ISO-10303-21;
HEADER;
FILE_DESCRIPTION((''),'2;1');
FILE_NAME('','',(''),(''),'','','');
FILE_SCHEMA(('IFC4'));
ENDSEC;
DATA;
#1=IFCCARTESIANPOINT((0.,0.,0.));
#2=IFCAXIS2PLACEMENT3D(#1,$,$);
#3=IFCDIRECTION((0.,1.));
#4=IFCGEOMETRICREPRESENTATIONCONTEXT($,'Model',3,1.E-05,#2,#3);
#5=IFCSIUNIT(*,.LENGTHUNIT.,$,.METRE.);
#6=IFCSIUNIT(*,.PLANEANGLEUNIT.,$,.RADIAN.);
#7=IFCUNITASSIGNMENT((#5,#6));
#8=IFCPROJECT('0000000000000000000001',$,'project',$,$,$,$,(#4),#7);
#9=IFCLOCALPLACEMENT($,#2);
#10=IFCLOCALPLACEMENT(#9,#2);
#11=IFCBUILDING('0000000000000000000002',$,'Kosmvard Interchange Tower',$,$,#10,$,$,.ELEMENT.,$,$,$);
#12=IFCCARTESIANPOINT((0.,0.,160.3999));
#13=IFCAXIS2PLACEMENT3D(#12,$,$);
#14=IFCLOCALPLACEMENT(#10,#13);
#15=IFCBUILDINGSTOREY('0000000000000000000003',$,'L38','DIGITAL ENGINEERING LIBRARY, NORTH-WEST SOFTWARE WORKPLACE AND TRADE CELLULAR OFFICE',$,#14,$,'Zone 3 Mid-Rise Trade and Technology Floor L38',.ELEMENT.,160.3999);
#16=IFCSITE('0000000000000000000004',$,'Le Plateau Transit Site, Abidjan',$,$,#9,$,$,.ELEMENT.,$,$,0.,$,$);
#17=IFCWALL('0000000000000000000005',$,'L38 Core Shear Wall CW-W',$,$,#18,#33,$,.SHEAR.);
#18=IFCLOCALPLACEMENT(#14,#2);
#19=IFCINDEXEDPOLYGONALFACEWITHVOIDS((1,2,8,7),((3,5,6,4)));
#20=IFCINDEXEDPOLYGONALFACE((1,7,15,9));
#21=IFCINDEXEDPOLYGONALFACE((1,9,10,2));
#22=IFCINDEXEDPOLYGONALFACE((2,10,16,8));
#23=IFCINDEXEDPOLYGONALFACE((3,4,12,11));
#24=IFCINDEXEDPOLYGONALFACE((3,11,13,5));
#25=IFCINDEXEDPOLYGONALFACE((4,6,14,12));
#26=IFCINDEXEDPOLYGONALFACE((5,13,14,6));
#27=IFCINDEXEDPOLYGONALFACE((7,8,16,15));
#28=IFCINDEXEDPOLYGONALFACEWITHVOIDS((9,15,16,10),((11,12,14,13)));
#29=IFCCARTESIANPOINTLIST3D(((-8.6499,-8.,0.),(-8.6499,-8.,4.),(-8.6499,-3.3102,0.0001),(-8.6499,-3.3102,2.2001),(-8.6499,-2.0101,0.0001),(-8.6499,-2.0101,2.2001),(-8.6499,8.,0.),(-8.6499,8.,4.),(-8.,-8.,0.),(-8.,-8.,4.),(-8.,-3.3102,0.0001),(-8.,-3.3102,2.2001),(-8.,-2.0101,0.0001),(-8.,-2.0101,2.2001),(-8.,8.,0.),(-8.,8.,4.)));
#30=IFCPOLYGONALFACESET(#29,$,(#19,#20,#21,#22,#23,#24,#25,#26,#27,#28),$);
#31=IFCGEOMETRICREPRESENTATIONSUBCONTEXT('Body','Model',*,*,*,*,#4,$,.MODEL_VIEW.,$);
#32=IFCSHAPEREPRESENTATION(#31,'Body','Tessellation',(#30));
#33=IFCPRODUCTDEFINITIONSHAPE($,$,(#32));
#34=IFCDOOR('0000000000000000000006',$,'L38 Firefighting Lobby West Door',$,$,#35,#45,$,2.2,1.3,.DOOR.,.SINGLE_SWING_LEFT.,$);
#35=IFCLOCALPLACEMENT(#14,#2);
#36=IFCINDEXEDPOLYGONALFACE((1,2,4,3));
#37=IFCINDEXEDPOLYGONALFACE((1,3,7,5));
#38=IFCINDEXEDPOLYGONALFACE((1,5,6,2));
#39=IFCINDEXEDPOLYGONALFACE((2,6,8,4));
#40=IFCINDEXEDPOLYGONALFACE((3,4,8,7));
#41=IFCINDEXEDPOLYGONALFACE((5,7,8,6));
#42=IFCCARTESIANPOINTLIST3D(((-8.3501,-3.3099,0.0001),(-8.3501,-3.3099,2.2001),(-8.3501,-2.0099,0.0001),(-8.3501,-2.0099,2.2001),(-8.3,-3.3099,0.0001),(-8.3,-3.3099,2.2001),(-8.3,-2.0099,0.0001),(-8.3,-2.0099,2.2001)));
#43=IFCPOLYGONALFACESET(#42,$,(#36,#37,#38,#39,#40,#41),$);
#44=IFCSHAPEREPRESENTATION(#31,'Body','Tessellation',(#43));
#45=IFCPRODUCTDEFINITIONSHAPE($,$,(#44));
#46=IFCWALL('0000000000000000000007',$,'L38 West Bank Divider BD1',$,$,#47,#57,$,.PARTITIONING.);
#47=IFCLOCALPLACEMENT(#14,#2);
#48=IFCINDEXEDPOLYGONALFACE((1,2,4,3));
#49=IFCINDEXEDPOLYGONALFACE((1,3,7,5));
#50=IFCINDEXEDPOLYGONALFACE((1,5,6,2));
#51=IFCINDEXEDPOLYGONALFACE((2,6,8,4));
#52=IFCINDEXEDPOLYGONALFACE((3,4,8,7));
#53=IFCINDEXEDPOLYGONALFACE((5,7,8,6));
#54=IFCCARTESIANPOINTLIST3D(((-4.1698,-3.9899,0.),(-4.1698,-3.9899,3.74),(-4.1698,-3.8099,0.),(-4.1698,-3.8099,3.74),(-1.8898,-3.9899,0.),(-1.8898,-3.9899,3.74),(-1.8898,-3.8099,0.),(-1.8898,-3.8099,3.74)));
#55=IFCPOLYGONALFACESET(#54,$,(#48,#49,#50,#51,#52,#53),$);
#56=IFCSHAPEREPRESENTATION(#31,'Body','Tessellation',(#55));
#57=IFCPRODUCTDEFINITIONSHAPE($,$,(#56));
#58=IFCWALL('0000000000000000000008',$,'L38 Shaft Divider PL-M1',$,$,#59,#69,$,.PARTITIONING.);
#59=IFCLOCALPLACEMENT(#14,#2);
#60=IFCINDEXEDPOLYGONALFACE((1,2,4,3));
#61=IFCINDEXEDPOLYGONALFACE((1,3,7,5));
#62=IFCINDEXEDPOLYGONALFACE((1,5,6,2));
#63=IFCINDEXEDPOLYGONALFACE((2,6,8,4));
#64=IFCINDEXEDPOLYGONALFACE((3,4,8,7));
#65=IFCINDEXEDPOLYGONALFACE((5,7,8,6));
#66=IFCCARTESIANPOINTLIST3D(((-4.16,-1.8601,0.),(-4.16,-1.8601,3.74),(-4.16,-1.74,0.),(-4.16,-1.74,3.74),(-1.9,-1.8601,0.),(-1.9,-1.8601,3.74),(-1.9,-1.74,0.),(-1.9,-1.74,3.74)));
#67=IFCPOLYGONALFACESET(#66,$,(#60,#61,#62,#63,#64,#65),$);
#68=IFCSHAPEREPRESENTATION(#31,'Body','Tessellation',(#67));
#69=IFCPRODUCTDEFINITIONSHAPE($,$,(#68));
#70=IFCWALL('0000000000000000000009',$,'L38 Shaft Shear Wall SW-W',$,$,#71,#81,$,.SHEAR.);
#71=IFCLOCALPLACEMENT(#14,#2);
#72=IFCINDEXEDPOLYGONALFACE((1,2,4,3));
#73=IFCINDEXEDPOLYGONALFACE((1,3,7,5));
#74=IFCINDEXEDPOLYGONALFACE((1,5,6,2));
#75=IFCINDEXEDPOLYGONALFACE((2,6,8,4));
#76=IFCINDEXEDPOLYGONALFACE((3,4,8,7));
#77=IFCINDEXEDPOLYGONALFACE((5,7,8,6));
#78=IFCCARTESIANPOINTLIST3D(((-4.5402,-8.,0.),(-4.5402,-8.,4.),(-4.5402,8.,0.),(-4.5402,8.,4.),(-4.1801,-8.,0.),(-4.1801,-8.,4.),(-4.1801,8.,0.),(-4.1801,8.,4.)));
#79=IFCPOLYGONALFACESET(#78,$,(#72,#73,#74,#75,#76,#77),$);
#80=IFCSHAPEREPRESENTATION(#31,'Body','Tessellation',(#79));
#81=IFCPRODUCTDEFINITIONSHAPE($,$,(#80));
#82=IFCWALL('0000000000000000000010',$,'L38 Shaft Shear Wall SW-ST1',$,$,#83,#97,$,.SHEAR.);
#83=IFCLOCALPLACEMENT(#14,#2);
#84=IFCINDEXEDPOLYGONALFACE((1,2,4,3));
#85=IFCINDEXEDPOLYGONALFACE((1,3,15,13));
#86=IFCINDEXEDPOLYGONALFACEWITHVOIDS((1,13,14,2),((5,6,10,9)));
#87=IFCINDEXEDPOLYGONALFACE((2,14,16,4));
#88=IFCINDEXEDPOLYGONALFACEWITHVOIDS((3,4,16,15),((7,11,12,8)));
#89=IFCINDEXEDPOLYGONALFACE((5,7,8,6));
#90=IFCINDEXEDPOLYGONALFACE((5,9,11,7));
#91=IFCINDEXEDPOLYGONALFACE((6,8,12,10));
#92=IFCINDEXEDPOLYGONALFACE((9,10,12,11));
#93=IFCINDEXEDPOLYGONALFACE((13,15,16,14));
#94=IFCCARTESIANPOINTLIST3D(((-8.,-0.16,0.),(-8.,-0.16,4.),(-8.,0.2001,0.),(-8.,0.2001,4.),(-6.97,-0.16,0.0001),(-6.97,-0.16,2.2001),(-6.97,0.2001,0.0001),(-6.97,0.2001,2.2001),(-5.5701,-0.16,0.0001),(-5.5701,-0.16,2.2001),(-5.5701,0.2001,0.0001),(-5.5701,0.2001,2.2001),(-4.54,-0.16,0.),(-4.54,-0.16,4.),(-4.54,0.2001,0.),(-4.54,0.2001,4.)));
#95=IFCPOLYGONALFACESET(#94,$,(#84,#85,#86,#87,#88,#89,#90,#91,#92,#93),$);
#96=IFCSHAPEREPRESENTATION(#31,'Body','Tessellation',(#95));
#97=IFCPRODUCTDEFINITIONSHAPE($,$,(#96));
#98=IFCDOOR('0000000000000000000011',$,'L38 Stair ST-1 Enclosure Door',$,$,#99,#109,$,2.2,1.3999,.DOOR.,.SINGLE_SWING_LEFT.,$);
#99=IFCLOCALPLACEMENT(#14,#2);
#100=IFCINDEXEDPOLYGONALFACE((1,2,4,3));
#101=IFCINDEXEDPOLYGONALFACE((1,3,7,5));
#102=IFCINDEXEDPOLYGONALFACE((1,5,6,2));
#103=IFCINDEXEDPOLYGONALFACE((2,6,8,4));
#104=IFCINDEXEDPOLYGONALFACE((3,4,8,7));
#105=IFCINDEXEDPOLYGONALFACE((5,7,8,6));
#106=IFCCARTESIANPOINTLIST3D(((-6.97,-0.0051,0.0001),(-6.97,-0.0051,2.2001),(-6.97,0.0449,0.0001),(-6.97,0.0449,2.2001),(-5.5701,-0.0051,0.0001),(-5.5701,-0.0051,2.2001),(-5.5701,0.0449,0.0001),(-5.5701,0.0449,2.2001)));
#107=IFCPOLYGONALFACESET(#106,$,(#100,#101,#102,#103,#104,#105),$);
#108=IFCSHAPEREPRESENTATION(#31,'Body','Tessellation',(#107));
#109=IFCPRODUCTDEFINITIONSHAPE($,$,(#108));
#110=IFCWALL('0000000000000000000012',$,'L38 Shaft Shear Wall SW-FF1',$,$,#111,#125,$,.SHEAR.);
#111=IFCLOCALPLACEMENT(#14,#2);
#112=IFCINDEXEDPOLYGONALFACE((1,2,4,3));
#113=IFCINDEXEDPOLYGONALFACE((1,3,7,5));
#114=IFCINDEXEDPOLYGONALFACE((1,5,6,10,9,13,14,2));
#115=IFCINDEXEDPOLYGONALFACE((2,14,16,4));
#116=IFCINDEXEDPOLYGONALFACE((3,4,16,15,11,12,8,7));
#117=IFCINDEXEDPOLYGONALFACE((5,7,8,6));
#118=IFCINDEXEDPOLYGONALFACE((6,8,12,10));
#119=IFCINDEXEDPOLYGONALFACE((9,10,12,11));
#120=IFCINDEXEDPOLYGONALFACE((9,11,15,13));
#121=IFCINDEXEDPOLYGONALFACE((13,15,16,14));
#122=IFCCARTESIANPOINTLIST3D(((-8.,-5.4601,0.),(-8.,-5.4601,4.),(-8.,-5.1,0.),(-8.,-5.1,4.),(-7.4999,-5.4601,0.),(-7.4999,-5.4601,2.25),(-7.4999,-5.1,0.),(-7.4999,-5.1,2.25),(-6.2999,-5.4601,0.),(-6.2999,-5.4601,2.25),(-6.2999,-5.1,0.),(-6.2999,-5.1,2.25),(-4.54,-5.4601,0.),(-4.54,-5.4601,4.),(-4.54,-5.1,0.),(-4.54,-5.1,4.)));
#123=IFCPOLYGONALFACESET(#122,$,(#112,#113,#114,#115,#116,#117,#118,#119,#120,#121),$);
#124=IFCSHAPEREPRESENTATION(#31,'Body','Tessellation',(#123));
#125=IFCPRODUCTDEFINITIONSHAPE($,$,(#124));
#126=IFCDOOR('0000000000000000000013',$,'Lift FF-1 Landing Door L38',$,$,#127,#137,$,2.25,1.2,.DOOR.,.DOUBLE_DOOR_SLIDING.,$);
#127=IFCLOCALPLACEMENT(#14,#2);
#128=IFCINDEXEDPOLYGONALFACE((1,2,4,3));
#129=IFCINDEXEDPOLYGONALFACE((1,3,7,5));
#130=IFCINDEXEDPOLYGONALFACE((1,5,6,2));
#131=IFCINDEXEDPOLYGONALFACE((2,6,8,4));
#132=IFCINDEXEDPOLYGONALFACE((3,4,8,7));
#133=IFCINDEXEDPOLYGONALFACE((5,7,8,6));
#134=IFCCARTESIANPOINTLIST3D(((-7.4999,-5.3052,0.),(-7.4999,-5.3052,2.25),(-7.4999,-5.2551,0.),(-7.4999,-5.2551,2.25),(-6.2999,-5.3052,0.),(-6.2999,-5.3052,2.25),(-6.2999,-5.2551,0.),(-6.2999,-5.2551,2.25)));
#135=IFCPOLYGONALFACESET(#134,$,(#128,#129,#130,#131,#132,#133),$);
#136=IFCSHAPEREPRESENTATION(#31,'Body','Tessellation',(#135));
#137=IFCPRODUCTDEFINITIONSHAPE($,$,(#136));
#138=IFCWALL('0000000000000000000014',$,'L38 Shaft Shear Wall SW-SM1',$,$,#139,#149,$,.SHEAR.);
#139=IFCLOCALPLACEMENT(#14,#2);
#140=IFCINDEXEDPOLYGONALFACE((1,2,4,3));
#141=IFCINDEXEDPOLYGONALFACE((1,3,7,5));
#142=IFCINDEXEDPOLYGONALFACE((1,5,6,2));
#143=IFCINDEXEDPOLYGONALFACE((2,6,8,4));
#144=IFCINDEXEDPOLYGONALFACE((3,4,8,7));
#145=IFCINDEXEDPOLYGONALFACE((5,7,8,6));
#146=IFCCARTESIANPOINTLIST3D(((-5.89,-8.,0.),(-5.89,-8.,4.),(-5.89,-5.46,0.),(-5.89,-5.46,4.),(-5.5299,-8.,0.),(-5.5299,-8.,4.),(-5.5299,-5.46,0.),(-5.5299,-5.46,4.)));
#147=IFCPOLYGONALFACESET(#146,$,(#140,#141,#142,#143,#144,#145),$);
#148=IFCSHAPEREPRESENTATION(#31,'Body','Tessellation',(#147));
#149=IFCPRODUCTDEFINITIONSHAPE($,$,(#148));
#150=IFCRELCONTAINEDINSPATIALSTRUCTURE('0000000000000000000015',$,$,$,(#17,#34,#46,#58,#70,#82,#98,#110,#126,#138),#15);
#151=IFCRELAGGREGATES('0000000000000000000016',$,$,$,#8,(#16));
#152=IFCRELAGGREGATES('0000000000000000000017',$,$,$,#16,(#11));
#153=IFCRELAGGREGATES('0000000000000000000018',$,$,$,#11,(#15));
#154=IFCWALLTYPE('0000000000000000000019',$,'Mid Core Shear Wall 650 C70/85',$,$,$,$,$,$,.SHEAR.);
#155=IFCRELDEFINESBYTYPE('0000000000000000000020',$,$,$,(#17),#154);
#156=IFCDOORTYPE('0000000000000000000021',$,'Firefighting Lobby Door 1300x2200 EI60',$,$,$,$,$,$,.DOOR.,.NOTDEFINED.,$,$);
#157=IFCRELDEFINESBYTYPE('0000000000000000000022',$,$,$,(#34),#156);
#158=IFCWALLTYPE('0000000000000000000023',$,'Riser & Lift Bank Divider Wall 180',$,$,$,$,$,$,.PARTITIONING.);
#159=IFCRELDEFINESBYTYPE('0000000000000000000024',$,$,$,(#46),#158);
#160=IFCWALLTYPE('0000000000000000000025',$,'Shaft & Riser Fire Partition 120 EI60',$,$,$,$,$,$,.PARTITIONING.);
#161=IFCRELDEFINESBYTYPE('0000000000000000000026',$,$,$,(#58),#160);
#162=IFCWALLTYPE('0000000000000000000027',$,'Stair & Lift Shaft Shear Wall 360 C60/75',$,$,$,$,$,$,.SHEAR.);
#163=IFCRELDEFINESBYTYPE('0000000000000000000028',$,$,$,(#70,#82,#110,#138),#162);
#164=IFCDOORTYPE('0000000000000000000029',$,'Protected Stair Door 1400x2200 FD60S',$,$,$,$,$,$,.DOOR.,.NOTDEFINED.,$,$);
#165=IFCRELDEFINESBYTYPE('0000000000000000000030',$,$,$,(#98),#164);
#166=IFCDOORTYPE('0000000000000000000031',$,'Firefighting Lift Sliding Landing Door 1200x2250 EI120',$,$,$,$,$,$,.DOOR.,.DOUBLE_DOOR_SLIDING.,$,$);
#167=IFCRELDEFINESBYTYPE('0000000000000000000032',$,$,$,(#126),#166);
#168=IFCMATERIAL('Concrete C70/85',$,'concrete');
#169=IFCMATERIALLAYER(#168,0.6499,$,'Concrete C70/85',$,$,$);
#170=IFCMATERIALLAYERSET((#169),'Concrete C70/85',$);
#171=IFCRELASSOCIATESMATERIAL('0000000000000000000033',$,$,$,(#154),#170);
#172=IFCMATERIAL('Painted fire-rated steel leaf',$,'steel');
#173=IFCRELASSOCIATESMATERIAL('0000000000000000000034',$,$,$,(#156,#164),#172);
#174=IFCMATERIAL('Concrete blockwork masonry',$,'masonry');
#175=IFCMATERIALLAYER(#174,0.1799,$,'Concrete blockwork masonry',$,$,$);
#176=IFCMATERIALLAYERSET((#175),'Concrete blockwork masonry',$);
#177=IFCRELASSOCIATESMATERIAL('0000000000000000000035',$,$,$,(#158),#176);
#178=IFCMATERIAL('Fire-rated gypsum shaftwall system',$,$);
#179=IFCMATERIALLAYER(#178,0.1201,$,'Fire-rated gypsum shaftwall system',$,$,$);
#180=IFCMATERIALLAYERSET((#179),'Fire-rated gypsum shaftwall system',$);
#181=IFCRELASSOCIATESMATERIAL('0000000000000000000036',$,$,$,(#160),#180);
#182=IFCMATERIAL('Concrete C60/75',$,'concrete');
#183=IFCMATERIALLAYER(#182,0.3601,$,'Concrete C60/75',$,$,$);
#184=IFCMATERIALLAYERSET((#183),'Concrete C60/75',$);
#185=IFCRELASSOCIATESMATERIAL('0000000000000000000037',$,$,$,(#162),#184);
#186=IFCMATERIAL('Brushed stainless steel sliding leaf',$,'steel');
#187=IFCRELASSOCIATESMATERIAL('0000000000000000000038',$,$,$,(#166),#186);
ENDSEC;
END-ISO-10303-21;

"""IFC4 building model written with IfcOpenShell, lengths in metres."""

from ifc_helpers import new_model, si_unit, direction, frame, frame_2d, origin, place, context, subcontext, project, spatial, rectangle, extrude, source, transform, mapped, material, layer, layer_set, type_object, element, fill, save


model = new_model("IFC4")

# Units and contexts
model_context = context("Model", 3, precision=1e-05, world=origin(), true_north=direction((0.0, 1.0)))
body_context = subcontext(model_context, "Body", "Model", "MODEL_VIEW")
ifc_project = project(units=[si_unit("LENGTHUNIT", "METRE"), si_unit("PLANEANGLEUNIT", "RADIAN")], contexts=[model_context])

# Site, building, storey
site_placement = place(None, origin())
site = spatial("IfcSite", under=ifc_project, at=site_placement, Name="Le Plateau Transit Site, Abidjan", CompositionType="ELEMENT", RefElevation=0.0)
building_placement = place(site_placement, origin())
building = spatial("IfcBuilding", under=site, at=building_placement, Name="Kosmvard Interchange Tower", CompositionType="ELEMENT")
storey_placement = place(building_placement, frame((0.0, 0.0, 160.3999)))
storey = spatial("IfcBuildingStorey", under=building, at=storey_placement, Name="L38", Description="DIGITAL ENGINEERING LIBRARY, NORTH-WEST SOFTWARE WORKPLACE AND TRADE CELLULAR OFFICE", LongName="Zone 3 Mid-Rise Trade and Technology Floor L38", CompositionType="ELEMENT", Elevation=160.3999)

# Shared definitions
ifc_material_1 = material(Name="Concrete C60/75", Category="concrete")

# Wall, opening, door
ifc_material_2 = material(Name="Concrete C70/85", Category="concrete")
ifc_layer_1 = layer(ifc_material_2, 0.6499, Name="Concrete C70/85")
ifc_layer_set_1 = layer_set([ifc_layer_1], Name="Concrete C70/85")
wall_type_1 = type_object("IfcWallType", Name="Mid Core Shear Wall 650 C70/85", PredefinedType="SHEAR", material=ifc_layer_set_1)
ifc_material_3 = material(Name="Painted fire-rated steel leaf", Category="steel")
door_type_1 = type_object("IfcDoorType", Name="Firefighting Lobby Door 1300x2200 EI60", OperationType="NOTDEFINED", PredefinedType="DOOR", material=ifc_material_3)
shared_shape_1 = source(origin(), body_context, "Body", "SweptSolid", [
    extrude(rectangle(XDim=1.3, YDim=2.2, at=frame_2d((0.6499, 1.1001))), frame((0.0, 0.0249, 0.0), z_axis=(0.0, -1.0, 0.0), x_axis=(1.0, 0.0, 0.0)), (0.0, 0.0, 1.0), 0.05),
])
wall_1_placement = place(storey_placement, frame((-8.325, -8.0, 0.0), z_axis=(0.0, 0.0, 1.0), x_axis=(0.0, 1.0, 0.0)))
wall_1 = element("IfcWall", 1, at=wall_1_placement, inside=storey, type_object=wall_type_1, Name="L38 Core Shear Wall CW-W", PredefinedType="SHEAR", context=body_context, shape_type="SweptSolid", body=[
    extrude(rectangle(XDim=16.0, YDim=0.6499, at=frame_2d((8.0, 0.0))), origin(), (0.0, 0.0, 1.0), 4.0),
])
opening_1_placement = place(wall_1_placement, frame((4.6899, 0.0, 0.0)))
opening_1 = element("IfcOpeningElement", 2, at=opening_1_placement, cuts=wall_1, PredefinedType="OPENING", context=body_context, shape_type="SweptSolid", body=[
    extrude(rectangle(XDim=1.3, YDim=2.2, at=frame_2d((0.6499, 1.1001))), frame((0.0, 0.335, 0.0), z_axis=(0.0, -1.0, 0.0), x_axis=(1.0, 0.0, 0.0)), (0.0, 0.0, 1.0), 0.6699),
])
door_1_placement = place(opening_1_placement, frame((1.3, 0.0, 0.0), z_axis=(0.0, 0.0, 1.0), x_axis=(-1.0, 0.0, 0.0)))
door_1 = element("IfcDoor", 3, at=door_1_placement, inside=storey, type_object=door_type_1, Name="L38 Firefighting Lobby West Door", OperationType="SINGLE_SWING_LEFT", OverallHeight=2.2, OverallWidth=1.3, PredefinedType="DOOR", context=body_context, shape_type="MappedRepresentation", body=[
    mapped(shared_shape_1, transform((0.0, 0.0, 0.0), scale=1.0)),
])
fill(opening_1, door_1)

# Walls
ifc_material_4 = material(Name="Concrete blockwork masonry", Category="masonry")
ifc_layer_2 = layer(ifc_material_4, 0.1799, Name="Concrete blockwork masonry")
ifc_layer_set_2 = layer_set([ifc_layer_2], Name="Concrete blockwork masonry")
wall_type_2 = type_object("IfcWallType", Name="Riser & Lift Bank Divider Wall 180", PredefinedType="PARTITIONING", material=ifc_layer_set_2)
wall_2_placement = place(storey_placement, frame((-4.1699, -3.8999, 0.0), z_axis=(0.0, 0.0, 1.0), x_axis=(1.0, 0.0, 0.0)))
element("IfcWall", 4, at=wall_2_placement, inside=storey, type_object=wall_type_2, Name="L38 West Bank Divider BD1", PredefinedType="PARTITIONING", context=body_context, shape_type="SweptSolid", body=[
    extrude(rectangle(XDim=2.28, YDim=0.1799, at=frame_2d((1.1401, 0.0))), origin(), (0.0, 0.0, 1.0), 3.74),
])
ifc_material_5 = material(Name="Fire-rated gypsum shaftwall system")
ifc_layer_3 = layer(ifc_material_5, 0.1201, Name="Fire-rated gypsum shaftwall system")
ifc_layer_set_3 = layer_set([ifc_layer_3], Name="Fire-rated gypsum shaftwall system")
wall_type_3 = type_object("IfcWallType", Name="Shaft & Riser Fire Partition 120 EI60", PredefinedType="PARTITIONING", material=ifc_layer_set_3)
wall_3_placement = place(storey_placement, frame((-4.1599, -1.8, 0.0), z_axis=(0.0, 0.0, 1.0), x_axis=(1.0, 0.0, 0.0)))
element("IfcWall", 5, at=wall_3_placement, inside=storey, type_object=wall_type_3, Name="L38 Shaft Divider PL-M1", PredefinedType="PARTITIONING", context=body_context, shape_type="SweptSolid", body=[
    extrude(rectangle(XDim=2.26, YDim=0.1201, at=frame_2d((1.1299, 0.0))), origin(), (0.0, 0.0, 1.0), 3.74),
])
ifc_layer_4 = layer(ifc_material_1, 0.3601, Name="Concrete C60/75")
ifc_layer_set_4 = layer_set([ifc_layer_4], Name="Concrete C60/75")
wall_type_4 = type_object("IfcWallType", Name="Stair & Lift Shaft Shear Wall 360 C60/75", PredefinedType="SHEAR", material=ifc_layer_set_4)
wall_4_placement = place(storey_placement, frame((-4.3601, -8.0, 0.0), z_axis=(0.0, 0.0, 1.0), x_axis=(0.0, 1.0, 0.0)))
element("IfcWall", 6, at=wall_4_placement, inside=storey, type_object=wall_type_4, Name="L38 Shaft Shear Wall SW-W", PredefinedType="SHEAR", context=body_context, shape_type="SweptSolid", body=[
    extrude(rectangle(XDim=16.0, YDim=0.3601, at=frame_2d((8.0, 0.0))), origin(), (0.0, 0.0, 1.0), 4.0),
])

# Walls, openings, doors
wall_5_placement = place(storey_placement, frame((-8.0, 0.02, 0.0), z_axis=(0.0, 0.0, 1.0), x_axis=(1.0, 0.0, 0.0)))
wall_5 = element("IfcWall", 7, at=wall_5_placement, inside=storey, type_object=wall_type_4, Name="L38 Shaft Shear Wall SW-ST1", PredefinedType="SHEAR", context=body_context, shape_type="SweptSolid", body=[
    extrude(rectangle(XDim=3.46, YDim=0.3601, at=frame_2d((1.73, 0.0))), origin(), (0.0, 0.0, 1.0), 4.0),
])
opening_2_placement = place(wall_5_placement, frame((1.03, 0.0, 0.0)))
opening_2 = element("IfcOpeningElement", 8, at=opening_2_placement, cuts=wall_5, PredefinedType="OPENING", context=body_context, shape_type="SweptSolid", body=[
    extrude(rectangle(XDim=1.3999, YDim=2.2, at=frame_2d((0.7, 1.1001))), frame((0.0, 0.1899, 0.0), z_axis=(0.0, -1.0, 0.0), x_axis=(1.0, 0.0, 0.0)), (0.0, 0.0, 1.0), 0.3801),
])
door_type_2 = type_object("IfcDoorType", Name="Protected Stair Door 1400x2200 FD60S", OperationType="NOTDEFINED", PredefinedType="DOOR", material=ifc_material_3)
shared_shape_2 = source(origin(), body_context, "Body", "SweptSolid", [
    extrude(rectangle(XDim=1.3999, YDim=2.2, at=frame_2d((0.7, 1.1001))), frame((0.0, 0.0249, 0.0), z_axis=(0.0, -1.0, 0.0), x_axis=(1.0, 0.0, 0.0)), (0.0, 0.0, 1.0), 0.05),
])
door_2_placement = place(opening_2_placement, origin())
door_2 = element("IfcDoor", 9, at=door_2_placement, inside=storey, type_object=door_type_2, Name="L38 Stair ST-1 Enclosure Door", OperationType="SINGLE_SWING_LEFT", OverallHeight=2.2, OverallWidth=1.3999, PredefinedType="DOOR", context=body_context, shape_type="MappedRepresentation", body=[
    mapped(shared_shape_2, transform((0.0, 0.0, 0.0), scale=1.0)),
])
fill(opening_2, door_2)
wall_6_placement = place(storey_placement, frame((-8.0, -5.28, 0.0), z_axis=(0.0, 0.0, 1.0), x_axis=(1.0, 0.0, 0.0)))
wall_6 = element("IfcWall", 10, at=wall_6_placement, inside=storey, type_object=wall_type_4, Name="L38 Shaft Shear Wall SW-FF1", PredefinedType="SHEAR", context=body_context, shape_type="SweptSolid", body=[
    extrude(rectangle(XDim=3.46, YDim=0.3601, at=frame_2d((1.73, 0.0))), origin(), (0.0, 0.0, 1.0), 4.0),
])
opening_3_placement = place(wall_6_placement, frame((0.5, 0.0, 0.0)))
opening_3 = element("IfcOpeningElement", 11, at=opening_3_placement, cuts=wall_6, PredefinedType="OPENING", context=body_context, shape_type="SweptSolid", body=[
    extrude(rectangle(XDim=1.2, YDim=2.25, at=frame_2d((0.6001, 1.125))), frame((0.0, 0.1899, 0.0), z_axis=(0.0, -1.0, 0.0), x_axis=(1.0, 0.0, 0.0)), (0.0, 0.0, 1.0), 0.3801),
])
ifc_material_6 = material(Name="Brushed stainless steel sliding leaf", Category="steel")
door_type_3 = type_object("IfcDoorType", Name="Firefighting Lift Sliding Landing Door 1200x2250 EI120", OperationType="DOUBLE_DOOR_SLIDING", PredefinedType="DOOR", material=ifc_material_6)
shared_shape_3 = source(origin(), body_context, "Body", "SweptSolid", [
    extrude(rectangle(XDim=1.2, YDim=2.25, at=frame_2d((0.6001, 1.125))), frame((0.0, 0.0249, 0.0), z_axis=(0.0, -1.0, 0.0), x_axis=(1.0, 0.0, 0.0)), (0.0, 0.0, 1.0), 0.05),
])
door_3_placement = place(opening_3_placement, origin())
door_3 = element("IfcDoor", 12, at=door_3_placement, inside=storey, type_object=door_type_3, Name="Lift FF-1 Landing Door L38", OperationType="DOUBLE_DOOR_SLIDING", OverallHeight=2.25, OverallWidth=1.2, PredefinedType="DOOR", context=body_context, shape_type="MappedRepresentation", body=[
    mapped(shared_shape_3, transform((0.0, 0.0, 0.0), scale=1.0)),
])
fill(opening_3, door_3)

# Wall
wall_7_placement = place(storey_placement, frame((-5.71, -8.0, 0.0), z_axis=(0.0, 0.0, 1.0), x_axis=(0.0, 1.0, 0.0)))
element("IfcWall", 13, at=wall_7_placement, inside=storey, type_object=wall_type_4, Name="L38 Shaft Shear Wall SW-SM1", PredefinedType="SHEAR", context=body_context, shape_type="SweptSolid", body=[
    extrude(rectangle(XDim=2.54, YDim=0.3601, at=frame_2d((1.27, 0.0))), origin(), (0.0, 0.0, 1.0), 4.0),
])

save(model, "model.ifc")
